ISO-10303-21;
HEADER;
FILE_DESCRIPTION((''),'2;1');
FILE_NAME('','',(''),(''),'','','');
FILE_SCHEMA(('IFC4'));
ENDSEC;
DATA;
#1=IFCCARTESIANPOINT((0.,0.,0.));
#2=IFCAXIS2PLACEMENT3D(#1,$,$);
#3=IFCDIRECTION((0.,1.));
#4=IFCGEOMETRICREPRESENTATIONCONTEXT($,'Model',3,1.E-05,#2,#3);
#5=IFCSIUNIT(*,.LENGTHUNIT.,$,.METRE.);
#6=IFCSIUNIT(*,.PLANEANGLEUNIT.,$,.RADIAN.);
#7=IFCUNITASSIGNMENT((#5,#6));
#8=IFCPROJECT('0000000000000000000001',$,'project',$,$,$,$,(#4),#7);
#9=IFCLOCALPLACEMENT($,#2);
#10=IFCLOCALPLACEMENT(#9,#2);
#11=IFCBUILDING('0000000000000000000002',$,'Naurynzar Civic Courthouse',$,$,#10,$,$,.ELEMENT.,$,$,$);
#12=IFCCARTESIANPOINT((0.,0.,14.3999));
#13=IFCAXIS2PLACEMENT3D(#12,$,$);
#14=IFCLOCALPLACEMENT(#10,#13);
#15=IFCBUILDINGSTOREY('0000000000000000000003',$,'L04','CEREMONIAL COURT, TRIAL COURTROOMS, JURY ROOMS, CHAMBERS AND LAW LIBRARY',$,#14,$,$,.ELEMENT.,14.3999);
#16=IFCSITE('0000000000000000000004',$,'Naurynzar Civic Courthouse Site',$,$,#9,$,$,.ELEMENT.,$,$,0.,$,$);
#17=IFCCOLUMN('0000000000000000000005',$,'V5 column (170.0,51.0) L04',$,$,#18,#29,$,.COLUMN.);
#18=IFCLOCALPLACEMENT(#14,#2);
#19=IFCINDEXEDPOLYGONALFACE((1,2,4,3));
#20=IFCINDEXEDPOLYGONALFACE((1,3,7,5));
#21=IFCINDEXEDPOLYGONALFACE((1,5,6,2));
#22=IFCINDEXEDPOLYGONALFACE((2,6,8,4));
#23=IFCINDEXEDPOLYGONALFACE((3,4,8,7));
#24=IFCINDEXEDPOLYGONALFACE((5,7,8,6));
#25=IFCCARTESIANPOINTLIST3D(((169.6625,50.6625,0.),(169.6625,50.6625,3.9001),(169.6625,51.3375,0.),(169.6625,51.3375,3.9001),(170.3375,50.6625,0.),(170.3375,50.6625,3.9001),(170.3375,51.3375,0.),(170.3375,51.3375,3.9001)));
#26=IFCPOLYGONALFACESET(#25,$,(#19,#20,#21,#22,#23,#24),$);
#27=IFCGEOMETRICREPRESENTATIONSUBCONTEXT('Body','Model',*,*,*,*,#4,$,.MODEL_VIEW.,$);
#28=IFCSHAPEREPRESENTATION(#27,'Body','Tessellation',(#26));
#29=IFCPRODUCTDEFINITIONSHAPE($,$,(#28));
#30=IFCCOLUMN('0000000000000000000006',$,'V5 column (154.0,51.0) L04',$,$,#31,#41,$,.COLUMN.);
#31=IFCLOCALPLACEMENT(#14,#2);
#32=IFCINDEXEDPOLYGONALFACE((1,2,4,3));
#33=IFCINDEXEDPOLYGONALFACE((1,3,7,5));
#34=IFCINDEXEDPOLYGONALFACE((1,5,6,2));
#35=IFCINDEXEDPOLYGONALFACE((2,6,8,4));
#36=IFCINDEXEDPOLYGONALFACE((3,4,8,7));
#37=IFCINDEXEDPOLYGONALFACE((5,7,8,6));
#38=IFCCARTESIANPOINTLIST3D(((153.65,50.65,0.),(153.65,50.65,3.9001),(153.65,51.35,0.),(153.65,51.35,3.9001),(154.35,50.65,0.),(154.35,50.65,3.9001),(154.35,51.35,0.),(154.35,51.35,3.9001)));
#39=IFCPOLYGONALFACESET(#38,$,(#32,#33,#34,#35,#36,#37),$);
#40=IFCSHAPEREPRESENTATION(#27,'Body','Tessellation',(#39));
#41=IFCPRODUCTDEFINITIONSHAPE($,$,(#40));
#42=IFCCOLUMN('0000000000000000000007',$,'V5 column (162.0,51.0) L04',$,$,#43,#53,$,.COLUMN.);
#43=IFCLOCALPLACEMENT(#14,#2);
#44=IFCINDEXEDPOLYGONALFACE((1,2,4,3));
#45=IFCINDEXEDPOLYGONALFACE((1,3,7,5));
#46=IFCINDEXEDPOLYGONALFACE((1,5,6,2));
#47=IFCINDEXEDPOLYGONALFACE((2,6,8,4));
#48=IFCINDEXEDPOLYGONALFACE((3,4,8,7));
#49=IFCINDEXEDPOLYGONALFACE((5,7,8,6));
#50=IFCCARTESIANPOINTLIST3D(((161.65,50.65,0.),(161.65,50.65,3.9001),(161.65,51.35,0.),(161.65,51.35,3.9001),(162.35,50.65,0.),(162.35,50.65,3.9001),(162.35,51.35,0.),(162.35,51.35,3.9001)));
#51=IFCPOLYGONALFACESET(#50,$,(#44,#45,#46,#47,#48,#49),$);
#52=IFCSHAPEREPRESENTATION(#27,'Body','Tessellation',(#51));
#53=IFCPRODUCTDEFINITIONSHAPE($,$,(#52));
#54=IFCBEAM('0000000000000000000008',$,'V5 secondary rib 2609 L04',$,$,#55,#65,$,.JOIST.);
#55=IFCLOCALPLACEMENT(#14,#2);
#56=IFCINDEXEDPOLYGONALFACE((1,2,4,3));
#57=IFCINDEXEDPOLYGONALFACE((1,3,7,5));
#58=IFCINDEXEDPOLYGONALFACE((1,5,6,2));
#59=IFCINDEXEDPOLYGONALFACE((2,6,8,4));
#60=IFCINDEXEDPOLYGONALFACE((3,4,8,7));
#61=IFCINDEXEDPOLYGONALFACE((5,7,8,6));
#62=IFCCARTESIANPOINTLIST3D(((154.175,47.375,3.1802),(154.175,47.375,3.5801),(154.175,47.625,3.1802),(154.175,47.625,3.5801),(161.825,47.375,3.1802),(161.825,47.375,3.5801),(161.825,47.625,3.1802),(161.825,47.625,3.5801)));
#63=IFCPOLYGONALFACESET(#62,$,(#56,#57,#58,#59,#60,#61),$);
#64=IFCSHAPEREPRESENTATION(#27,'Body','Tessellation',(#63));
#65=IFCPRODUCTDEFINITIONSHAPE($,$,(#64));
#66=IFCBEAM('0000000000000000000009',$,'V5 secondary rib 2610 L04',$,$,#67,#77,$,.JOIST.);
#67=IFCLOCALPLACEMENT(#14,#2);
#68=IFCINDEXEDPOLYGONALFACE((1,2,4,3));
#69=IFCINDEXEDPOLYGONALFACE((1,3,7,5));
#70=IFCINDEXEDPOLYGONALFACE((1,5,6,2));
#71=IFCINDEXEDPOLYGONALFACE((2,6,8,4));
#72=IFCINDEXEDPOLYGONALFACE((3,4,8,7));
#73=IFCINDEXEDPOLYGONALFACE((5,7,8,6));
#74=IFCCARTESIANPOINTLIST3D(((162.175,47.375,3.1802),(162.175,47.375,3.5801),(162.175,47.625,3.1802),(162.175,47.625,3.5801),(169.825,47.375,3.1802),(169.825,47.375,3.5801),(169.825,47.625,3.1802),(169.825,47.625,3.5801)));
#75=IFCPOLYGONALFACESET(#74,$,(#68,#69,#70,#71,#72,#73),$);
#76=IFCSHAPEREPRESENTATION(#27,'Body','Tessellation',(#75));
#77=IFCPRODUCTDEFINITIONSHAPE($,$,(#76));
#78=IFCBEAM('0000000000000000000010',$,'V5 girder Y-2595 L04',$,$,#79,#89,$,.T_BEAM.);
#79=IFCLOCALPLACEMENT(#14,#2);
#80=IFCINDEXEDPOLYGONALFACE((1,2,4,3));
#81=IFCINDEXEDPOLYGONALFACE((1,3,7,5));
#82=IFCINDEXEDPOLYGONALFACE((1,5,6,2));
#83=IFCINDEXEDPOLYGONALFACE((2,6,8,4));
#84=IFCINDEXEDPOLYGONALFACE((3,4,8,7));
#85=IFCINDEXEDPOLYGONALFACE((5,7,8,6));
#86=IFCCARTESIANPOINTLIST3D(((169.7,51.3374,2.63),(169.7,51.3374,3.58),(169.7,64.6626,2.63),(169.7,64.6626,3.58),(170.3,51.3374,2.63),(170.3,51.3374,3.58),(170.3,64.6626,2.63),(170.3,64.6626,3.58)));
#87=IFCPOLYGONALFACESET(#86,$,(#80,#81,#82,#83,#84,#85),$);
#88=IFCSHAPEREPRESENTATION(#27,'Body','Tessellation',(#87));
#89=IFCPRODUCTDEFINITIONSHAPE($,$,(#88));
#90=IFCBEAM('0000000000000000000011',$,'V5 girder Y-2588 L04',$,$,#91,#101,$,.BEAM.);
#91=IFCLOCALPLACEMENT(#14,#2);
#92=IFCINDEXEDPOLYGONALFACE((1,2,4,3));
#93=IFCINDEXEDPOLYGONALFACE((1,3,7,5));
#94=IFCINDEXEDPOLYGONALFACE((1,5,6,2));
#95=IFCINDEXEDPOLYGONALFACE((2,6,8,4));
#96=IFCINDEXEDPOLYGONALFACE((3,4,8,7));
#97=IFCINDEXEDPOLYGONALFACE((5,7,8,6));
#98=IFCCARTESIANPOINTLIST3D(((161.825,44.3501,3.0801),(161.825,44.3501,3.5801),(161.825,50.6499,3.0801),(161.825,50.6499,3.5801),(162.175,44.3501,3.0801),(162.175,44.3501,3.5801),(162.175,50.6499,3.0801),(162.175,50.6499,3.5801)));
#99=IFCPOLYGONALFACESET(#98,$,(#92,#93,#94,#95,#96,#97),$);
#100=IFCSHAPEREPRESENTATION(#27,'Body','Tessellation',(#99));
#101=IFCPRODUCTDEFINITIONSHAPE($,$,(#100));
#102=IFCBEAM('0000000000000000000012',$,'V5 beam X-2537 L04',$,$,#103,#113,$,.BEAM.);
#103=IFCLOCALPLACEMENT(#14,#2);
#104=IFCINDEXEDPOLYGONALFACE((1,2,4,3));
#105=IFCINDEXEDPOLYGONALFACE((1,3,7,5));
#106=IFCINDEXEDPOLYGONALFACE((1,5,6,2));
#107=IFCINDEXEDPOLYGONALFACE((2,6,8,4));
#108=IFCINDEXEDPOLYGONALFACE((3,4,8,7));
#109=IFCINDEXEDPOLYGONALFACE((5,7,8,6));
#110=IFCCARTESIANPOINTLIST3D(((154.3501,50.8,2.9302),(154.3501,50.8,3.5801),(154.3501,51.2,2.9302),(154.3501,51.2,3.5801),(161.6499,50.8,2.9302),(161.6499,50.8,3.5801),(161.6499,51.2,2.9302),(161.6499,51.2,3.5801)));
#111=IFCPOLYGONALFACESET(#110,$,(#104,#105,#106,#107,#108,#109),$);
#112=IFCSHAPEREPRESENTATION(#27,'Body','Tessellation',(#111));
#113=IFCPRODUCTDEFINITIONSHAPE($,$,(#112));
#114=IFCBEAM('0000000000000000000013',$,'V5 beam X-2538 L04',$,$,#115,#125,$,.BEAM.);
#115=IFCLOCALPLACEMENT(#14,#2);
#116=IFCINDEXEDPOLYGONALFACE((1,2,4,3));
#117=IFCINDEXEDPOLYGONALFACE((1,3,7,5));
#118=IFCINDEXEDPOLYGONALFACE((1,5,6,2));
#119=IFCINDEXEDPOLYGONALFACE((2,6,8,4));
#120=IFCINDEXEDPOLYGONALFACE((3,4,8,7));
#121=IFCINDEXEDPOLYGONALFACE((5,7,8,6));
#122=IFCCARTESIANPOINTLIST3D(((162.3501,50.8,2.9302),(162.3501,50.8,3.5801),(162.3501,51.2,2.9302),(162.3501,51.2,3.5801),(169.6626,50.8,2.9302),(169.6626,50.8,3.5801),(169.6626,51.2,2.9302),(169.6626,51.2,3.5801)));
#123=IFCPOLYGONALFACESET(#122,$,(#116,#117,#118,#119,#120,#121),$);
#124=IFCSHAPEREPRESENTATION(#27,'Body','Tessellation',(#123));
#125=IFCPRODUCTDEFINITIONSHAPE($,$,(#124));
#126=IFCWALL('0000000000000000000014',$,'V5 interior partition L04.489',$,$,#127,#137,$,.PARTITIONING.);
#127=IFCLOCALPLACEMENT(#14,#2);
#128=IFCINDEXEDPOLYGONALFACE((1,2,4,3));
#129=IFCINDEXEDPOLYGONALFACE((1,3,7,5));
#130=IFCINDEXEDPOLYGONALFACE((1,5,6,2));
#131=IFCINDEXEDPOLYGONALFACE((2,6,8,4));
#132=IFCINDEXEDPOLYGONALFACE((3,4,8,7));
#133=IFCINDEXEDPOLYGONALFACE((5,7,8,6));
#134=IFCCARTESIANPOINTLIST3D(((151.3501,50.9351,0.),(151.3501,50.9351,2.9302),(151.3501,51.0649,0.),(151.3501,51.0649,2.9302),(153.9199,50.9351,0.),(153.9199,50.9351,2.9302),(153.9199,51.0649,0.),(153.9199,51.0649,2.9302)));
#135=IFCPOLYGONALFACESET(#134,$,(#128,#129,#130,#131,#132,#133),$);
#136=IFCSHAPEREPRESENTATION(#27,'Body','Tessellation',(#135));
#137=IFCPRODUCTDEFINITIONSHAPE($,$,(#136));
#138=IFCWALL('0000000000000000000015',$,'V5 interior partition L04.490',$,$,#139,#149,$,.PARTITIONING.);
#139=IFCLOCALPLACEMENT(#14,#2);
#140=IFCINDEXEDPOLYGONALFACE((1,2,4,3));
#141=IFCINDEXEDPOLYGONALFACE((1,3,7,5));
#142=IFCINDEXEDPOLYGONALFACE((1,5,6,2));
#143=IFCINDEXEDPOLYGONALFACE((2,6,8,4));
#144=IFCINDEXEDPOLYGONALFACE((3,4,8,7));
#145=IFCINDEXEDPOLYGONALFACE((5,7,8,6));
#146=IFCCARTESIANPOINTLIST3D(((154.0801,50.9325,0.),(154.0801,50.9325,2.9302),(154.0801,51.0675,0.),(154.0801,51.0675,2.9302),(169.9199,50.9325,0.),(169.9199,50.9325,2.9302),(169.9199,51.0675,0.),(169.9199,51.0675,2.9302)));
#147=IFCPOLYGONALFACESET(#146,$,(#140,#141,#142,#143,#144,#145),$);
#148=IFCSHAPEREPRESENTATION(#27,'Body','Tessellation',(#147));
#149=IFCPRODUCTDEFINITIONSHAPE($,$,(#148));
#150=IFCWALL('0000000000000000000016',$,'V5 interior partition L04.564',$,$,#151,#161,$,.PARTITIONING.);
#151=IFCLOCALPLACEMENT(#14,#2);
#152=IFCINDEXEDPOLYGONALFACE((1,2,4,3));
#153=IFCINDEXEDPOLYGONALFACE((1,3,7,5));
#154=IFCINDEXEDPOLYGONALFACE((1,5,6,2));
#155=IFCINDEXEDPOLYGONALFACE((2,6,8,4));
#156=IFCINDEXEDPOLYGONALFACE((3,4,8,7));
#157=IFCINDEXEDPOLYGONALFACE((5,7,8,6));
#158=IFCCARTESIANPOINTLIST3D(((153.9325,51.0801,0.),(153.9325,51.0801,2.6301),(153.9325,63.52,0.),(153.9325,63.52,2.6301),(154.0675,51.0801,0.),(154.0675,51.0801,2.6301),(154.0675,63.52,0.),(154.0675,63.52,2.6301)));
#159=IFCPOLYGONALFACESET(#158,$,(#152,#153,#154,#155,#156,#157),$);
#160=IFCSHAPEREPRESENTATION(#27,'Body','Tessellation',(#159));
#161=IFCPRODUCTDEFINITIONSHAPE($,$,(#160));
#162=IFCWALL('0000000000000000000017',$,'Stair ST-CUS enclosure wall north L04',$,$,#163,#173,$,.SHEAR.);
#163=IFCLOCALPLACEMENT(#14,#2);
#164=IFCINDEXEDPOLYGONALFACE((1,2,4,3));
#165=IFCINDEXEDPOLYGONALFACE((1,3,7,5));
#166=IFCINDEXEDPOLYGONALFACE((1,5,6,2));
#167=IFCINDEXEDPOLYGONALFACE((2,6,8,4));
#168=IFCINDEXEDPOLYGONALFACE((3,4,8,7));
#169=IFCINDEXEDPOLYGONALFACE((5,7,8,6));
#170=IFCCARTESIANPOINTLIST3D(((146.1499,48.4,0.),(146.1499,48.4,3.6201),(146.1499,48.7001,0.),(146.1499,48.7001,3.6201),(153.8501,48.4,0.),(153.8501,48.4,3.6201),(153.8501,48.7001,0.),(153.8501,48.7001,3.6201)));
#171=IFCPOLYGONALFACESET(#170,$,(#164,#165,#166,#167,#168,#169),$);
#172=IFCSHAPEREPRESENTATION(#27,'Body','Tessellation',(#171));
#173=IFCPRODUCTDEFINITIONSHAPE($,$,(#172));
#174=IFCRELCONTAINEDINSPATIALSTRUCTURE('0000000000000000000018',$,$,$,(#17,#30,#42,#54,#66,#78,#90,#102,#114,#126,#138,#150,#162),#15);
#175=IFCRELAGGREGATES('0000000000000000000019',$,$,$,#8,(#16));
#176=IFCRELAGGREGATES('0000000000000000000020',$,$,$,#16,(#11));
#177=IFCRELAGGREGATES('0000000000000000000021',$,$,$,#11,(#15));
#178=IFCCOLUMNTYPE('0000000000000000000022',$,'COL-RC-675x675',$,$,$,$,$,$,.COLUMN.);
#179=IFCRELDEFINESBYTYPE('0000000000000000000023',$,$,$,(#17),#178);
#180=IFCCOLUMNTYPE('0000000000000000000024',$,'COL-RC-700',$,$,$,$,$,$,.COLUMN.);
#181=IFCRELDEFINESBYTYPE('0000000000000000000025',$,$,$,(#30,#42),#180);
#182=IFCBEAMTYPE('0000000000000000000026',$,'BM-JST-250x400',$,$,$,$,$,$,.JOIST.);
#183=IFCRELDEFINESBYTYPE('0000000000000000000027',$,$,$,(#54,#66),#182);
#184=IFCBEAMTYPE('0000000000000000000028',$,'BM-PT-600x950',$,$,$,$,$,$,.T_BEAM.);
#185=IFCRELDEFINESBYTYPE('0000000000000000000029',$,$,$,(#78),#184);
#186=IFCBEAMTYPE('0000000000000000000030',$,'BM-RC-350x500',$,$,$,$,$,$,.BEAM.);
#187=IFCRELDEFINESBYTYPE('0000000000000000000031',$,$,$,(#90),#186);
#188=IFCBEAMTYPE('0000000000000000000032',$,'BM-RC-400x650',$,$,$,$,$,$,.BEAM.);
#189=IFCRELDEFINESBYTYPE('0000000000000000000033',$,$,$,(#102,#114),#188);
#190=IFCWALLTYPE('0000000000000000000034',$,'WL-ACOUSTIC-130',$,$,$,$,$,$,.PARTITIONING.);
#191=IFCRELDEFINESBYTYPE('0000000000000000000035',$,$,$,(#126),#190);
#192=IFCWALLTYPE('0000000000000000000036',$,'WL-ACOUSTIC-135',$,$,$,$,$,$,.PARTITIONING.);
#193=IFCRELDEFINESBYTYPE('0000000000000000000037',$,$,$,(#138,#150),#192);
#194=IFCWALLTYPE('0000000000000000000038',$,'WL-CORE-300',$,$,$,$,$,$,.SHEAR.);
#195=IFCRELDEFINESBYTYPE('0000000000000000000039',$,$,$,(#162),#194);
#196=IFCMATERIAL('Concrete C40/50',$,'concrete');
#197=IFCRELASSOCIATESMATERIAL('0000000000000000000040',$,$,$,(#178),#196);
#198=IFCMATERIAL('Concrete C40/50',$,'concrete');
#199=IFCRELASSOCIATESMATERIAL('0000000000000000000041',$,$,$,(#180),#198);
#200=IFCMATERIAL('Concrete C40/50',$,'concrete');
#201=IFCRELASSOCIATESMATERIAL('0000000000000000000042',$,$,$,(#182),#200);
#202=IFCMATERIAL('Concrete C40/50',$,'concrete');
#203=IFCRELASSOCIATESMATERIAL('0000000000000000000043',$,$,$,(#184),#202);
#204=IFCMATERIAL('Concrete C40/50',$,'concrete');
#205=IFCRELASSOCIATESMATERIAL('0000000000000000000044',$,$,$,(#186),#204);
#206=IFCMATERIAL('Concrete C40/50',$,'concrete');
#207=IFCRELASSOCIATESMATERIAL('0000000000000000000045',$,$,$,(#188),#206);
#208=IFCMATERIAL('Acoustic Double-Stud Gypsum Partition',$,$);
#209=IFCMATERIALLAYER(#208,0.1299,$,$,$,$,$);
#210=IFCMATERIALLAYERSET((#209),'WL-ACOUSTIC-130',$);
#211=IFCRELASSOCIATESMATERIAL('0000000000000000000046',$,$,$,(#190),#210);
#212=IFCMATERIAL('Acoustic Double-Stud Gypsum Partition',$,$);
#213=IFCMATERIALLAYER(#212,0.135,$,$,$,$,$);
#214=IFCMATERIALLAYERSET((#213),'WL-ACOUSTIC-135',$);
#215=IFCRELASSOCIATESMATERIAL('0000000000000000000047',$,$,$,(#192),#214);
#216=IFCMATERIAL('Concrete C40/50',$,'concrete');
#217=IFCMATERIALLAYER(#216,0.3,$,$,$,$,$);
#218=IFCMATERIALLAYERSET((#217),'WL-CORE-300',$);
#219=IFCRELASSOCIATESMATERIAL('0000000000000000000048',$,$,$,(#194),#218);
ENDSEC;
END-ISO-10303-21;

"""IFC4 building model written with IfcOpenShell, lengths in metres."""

from ifc_helpers import new_model, si_unit, direction, frame, frame_2d, origin, origin_2d, place, context, subcontext, project, spatial, rectangle, extrude, material, layer, layer_set, material_profile, profile_set, type_object, element, save


model = new_model("IFC4")

# Units and contexts
model_context = context("Model", 3, precision=1e-05, world=origin(), true_north=direction((0.0, 1.0)))
body_context = subcontext(model_context, "Body", "Model", "MODEL_VIEW")
ifc_project = project(units=[si_unit("LENGTHUNIT", "METRE"), si_unit("PLANEANGLEUNIT", "RADIAN")], contexts=[model_context])

# Site, building, storey
site_placement = place(None, origin())
site = spatial("IfcSite", under=ifc_project, at=site_placement, Name="Naurynzar Civic Courthouse Site", CompositionType="ELEMENT", RefElevation=0.0)
building_placement = place(site_placement, origin())
building = spatial("IfcBuilding", under=site, at=building_placement, Name="Naurynzar Civic Courthouse", CompositionType="ELEMENT")
storey_placement = place(building_placement, frame((0.0, 0.0, 14.3999)))
storey = spatial("IfcBuildingStorey", under=building, at=storey_placement, Name="L04", Description="CEREMONIAL COURT, TRIAL COURTROOMS, JURY ROOMS, CHAMBERS AND LAW LIBRARY", CompositionType="ELEMENT", Elevation=14.3999)

# Columns
ifc_material_1 = material(Name="Concrete C40/50", Category="concrete")
ifc_material_profile_1 = material_profile(ifc_material_1, rectangle(XDim=0.675, YDim=0.675, at=origin_2d()), Name="RC 675x675")
ifc_profile_set_1 = profile_set([ifc_material_profile_1], Name="Concrete C40/50")
column_type_1 = type_object("IfcColumnType", Name="COL-RC-675x675", PredefinedType="COLUMN", material=ifc_profile_set_1)
column_placement = place(storey_placement, frame((170.0, 51.0, 0.0), z_axis=(0.0, 0.0, 1.0), x_axis=(1.0, 0.0, 0.0)))
element("IfcColumn", 1, at=column_placement, inside=storey, type_object=column_type_1, Name="V5 column (170.0,51.0) L04", PredefinedType="COLUMN", context=body_context, shape_type="SweptSolid", body=[
    extrude(rectangle(XDim=0.675, YDim=0.675, at=origin_2d()), origin(), (0.0, 0.0, 1.0), 3.9001),
])
ifc_material_2 = material(Name="Concrete C40/50", Category="concrete")
ifc_material_profile_2 = material_profile(ifc_material_2, rectangle(XDim=0.7, YDim=0.7, at=origin_2d()), Name="RC 700x700")
ifc_profile_set_2 = profile_set([ifc_material_profile_2], Name="Concrete C40/50")
column_type_2 = type_object("IfcColumnType", Name="COL-RC-700", PredefinedType="COLUMN", material=ifc_profile_set_2)
for number, where, z_axis, x_axis, name in (
    (2, (154.0, 51.0, 0.0), (0.0, 0.0, 1.0), (1.0, 0.0, 0.0), "V5 column (154.0,51.0) L04"),
    (3, (162.0, 51.0, 0.0), (0.0, 0.0, 1.0), (1.0, 0.0, 0.0), "V5 column (162.0,51.0) L04"),
):
    element("IfcColumn", number, at=place(storey_placement, frame(where, z_axis=z_axis, x_axis=x_axis)), inside=storey, type_object=column_type_2, Name=name, PredefinedType="COLUMN", context=body_context, shape_type="SweptSolid", body=[
        extrude(rectangle(XDim=0.7, YDim=0.7, at=origin_2d()), origin(), (0.0, 0.0, 1.0), 3.9001),
    ])

# Beams
ifc_material_3 = material(Name="Concrete C40/50", Category="concrete")
ifc_material_profile_3 = material_profile(ifc_material_3, rectangle(XDim=0.25, YDim=0.3999, at=origin_2d()), Name="RCB 250x400")
ifc_profile_set_3 = profile_set([ifc_material_profile_3], Name="Concrete C40/50")
beam_type_1 = type_object("IfcBeamType", Name="BM-JST-250x400", PredefinedType="JOIST", material=ifc_profile_set_3)
for number, where, z_axis, x_axis, name in (
    (4, (154.175, 47.5, 3.3801), (1.0, 0.0, 0.0), (0.0, 1.0, 0.0), "V5 secondary rib 2609 L04"),
    (5, (162.175, 47.5, 3.3801), (1.0, 0.0, 0.0), (0.0, 1.0, 0.0), "V5 secondary rib 2610 L04"),
):
    element("IfcBeam", number, at=place(storey_placement, frame(where, z_axis=z_axis, x_axis=x_axis)), inside=storey, type_object=beam_type_1, Name=name, PredefinedType="JOIST", context=body_context, shape_type="SweptSolid", body=[
        extrude(rectangle(XDim=0.25, YDim=0.3999, at=origin_2d()), origin(), (0.0, 0.0, 1.0), 7.6499),
    ])
ifc_material_4 = material(Name="Concrete C40/50", Category="concrete")
ifc_material_profile_4 = material_profile(ifc_material_4, rectangle(XDim=0.6001, YDim=0.95, at=origin_2d()), Name="PTB 600x950")
ifc_profile_set_4 = profile_set([ifc_material_profile_4], Name="Concrete C40/50")
beam_type_2 = type_object("IfcBeamType", Name="BM-PT-600x950", PredefinedType="T_BEAM", material=ifc_profile_set_4)
beam_1_placement = place(storey_placement, frame((170.0, 51.3374, 3.105), z_axis=(0.0, 1.0, 0.0), x_axis=(-1.0, 0.0, 0.0)))
element("IfcBeam", 6, at=beam_1_placement, inside=storey, type_object=beam_type_2, Name="V5 girder Y-2595 L04", PredefinedType="T_BEAM", context=body_context, shape_type="SweptSolid", body=[
    extrude(rectangle(XDim=0.6001, YDim=0.95, at=origin_2d()), origin(), (0.0, 0.0, 1.0), 13.3252),
])
ifc_material_5 = material(Name="Concrete C40/50", Category="concrete")
ifc_material_profile_5 = material_profile(ifc_material_5, rectangle(XDim=0.3501, YDim=0.5, at=origin_2d()), Name="RCB 350x500")
ifc_profile_set_5 = profile_set([ifc_material_profile_5], Name="Concrete C40/50")
beam_type_3 = type_object("IfcBeamType", Name="BM-RC-350x500", PredefinedType="BEAM", material=ifc_profile_set_5)
beam_2_placement = place(storey_placement, frame((162.0, 44.3501, 3.3301), z_axis=(0.0, 1.0, 0.0), x_axis=(-1.0, 0.0, 0.0)))
element("IfcBeam", 7, at=beam_2_placement, inside=storey, type_object=beam_type_3, Name="V5 girder Y-2588 L04", PredefinedType="BEAM", context=body_context, shape_type="SweptSolid", body=[
    extrude(rectangle(XDim=0.3501, YDim=0.5, at=origin_2d()), origin(), (0.0, 0.0, 1.0), 6.2998),
])
ifc_material_6 = material(Name="Concrete C40/50", Category="concrete")
ifc_material_profile_6 = material_profile(ifc_material_6, rectangle(XDim=0.3999, YDim=0.6499, at=origin_2d()), Name="RCB 400x650")
ifc_profile_set_6 = profile_set([ifc_material_profile_6], Name="Concrete C40/50")
beam_type_4 = type_object("IfcBeamType", Name="BM-RC-400x650", PredefinedType="BEAM", material=ifc_profile_set_6)
beam_3_placement = place(storey_placement, frame((154.3501, 51.0, 3.2551), z_axis=(1.0, 0.0, 0.0), x_axis=(0.0, 1.0, 0.0)))
element("IfcBeam", 8, at=beam_3_placement, inside=storey, type_object=beam_type_4, Name="V5 beam X-2537 L04", PredefinedType="BEAM", context=body_context, shape_type="SweptSolid", body=[
    extrude(rectangle(XDim=0.3999, YDim=0.6499, at=origin_2d()), origin(), (0.0, 0.0, 1.0), 7.2998),
])
beam_4_placement = place(storey_placement, frame((162.3501, 51.0, 3.2551), z_axis=(1.0, 0.0, 0.0), x_axis=(0.0, 1.0, 0.0)))
element("IfcBeam", 9, at=beam_4_placement, inside=storey, type_object=beam_type_4, Name="V5 beam X-2538 L04", PredefinedType="BEAM", context=body_context, shape_type="SweptSolid", body=[
    extrude(rectangle(XDim=0.3999, YDim=0.6499, at=origin_2d()), origin(), (0.0, 0.0, 1.0), 7.3125),
])

# Walls
ifc_material_7 = material(Name="Acoustic Double-Stud Gypsum Partition")
ifc_layer_1 = layer(ifc_material_7, 0.1299)
ifc_layer_set_1 = layer_set([ifc_layer_1], Name="WL-ACOUSTIC-130")
wall_type_1 = type_object("IfcWallType", Name="WL-ACOUSTIC-130", PredefinedType="PARTITIONING", material=ifc_layer_set_1)
wall_1_placement = place(storey_placement, frame((151.3501, 51.0, 0.0), z_axis=(0.0, 0.0, 1.0), x_axis=(1.0, 0.0, 0.0)))
element("IfcWall", 10, at=wall_1_placement, inside=storey, type_object=wall_type_1, Name="V5 interior partition L04.489", PredefinedType="PARTITIONING", context=body_context, shape_type="SweptSolid", body=[
    extrude(rectangle(XDim=2.5698, YDim=0.1299, at=frame_2d((1.2849, 0.0))), origin(), (0.0, 0.0, 1.0), 2.9302),
])
ifc_material_8 = material(Name="Acoustic Double-Stud Gypsum Partition")
ifc_layer_2 = layer(ifc_material_8, 0.135)
ifc_layer_set_2 = layer_set([ifc_layer_2], Name="WL-ACOUSTIC-135")
wall_type_2 = type_object("IfcWallType", Name="WL-ACOUSTIC-135", PredefinedType="PARTITIONING", material=ifc_layer_set_2)
wall_2_placement = place(storey_placement, frame((154.0801, 51.0, 0.0), z_axis=(0.0, 0.0, 1.0), x_axis=(1.0, 0.0, 0.0)))
element("IfcWall", 11, at=wall_2_placement, inside=storey, type_object=wall_type_2, Name="V5 interior partition L04.490", PredefinedType="PARTITIONING", context=body_context, shape_type="SweptSolid", body=[
    extrude(rectangle(XDim=15.8398, YDim=0.135, at=frame_2d((7.9199, 0.0))), origin(), (0.0, 0.0, 1.0), 2.9302),
])
wall_3_placement = place(storey_placement, frame((154.0, 51.0801, 0.0), z_axis=(0.0, 0.0, 1.0), x_axis=(0.0, 1.0, 0.0)))
element("IfcWall", 12, at=wall_3_placement, inside=storey, type_object=wall_type_2, Name="V5 interior partition L04.564", PredefinedType="PARTITIONING", context=body_context, shape_type="SweptSolid", body=[
    extrude(rectangle(XDim=12.4399, YDim=0.135, at=frame_2d((6.22, 0.0))), origin(), (0.0, 0.0, 1.0), 2.6301),
])
ifc_material_9 = material(Name="Concrete C40/50", Category="concrete")
ifc_layer_3 = layer(ifc_material_9, 0.3)
ifc_layer_set_3 = layer_set([ifc_layer_3], Name="WL-CORE-300")
wall_type_3 = type_object("IfcWallType", Name="WL-CORE-300", PredefinedType="SHEAR", material=ifc_layer_set_3)
wall_4_placement = place(storey_placement, frame((153.8501, 48.55, 0.0), z_axis=(0.0, 0.0, 1.0), x_axis=(-1.0, 0.0, 0.0)))
element("IfcWall", 13, at=wall_4_placement, inside=storey, type_object=wall_type_3, Name="Stair ST-CUS enclosure wall north L04", PredefinedType="SHEAR", context=body_context, shape_type="SweptSolid", body=[
    extrude(rectangle(XDim=7.7002, YDim=0.3, at=frame_2d((3.8501, 0.0))), origin(), (0.0, 0.0, 1.0), 3.6201),
])

save(model, "model.ifc")
